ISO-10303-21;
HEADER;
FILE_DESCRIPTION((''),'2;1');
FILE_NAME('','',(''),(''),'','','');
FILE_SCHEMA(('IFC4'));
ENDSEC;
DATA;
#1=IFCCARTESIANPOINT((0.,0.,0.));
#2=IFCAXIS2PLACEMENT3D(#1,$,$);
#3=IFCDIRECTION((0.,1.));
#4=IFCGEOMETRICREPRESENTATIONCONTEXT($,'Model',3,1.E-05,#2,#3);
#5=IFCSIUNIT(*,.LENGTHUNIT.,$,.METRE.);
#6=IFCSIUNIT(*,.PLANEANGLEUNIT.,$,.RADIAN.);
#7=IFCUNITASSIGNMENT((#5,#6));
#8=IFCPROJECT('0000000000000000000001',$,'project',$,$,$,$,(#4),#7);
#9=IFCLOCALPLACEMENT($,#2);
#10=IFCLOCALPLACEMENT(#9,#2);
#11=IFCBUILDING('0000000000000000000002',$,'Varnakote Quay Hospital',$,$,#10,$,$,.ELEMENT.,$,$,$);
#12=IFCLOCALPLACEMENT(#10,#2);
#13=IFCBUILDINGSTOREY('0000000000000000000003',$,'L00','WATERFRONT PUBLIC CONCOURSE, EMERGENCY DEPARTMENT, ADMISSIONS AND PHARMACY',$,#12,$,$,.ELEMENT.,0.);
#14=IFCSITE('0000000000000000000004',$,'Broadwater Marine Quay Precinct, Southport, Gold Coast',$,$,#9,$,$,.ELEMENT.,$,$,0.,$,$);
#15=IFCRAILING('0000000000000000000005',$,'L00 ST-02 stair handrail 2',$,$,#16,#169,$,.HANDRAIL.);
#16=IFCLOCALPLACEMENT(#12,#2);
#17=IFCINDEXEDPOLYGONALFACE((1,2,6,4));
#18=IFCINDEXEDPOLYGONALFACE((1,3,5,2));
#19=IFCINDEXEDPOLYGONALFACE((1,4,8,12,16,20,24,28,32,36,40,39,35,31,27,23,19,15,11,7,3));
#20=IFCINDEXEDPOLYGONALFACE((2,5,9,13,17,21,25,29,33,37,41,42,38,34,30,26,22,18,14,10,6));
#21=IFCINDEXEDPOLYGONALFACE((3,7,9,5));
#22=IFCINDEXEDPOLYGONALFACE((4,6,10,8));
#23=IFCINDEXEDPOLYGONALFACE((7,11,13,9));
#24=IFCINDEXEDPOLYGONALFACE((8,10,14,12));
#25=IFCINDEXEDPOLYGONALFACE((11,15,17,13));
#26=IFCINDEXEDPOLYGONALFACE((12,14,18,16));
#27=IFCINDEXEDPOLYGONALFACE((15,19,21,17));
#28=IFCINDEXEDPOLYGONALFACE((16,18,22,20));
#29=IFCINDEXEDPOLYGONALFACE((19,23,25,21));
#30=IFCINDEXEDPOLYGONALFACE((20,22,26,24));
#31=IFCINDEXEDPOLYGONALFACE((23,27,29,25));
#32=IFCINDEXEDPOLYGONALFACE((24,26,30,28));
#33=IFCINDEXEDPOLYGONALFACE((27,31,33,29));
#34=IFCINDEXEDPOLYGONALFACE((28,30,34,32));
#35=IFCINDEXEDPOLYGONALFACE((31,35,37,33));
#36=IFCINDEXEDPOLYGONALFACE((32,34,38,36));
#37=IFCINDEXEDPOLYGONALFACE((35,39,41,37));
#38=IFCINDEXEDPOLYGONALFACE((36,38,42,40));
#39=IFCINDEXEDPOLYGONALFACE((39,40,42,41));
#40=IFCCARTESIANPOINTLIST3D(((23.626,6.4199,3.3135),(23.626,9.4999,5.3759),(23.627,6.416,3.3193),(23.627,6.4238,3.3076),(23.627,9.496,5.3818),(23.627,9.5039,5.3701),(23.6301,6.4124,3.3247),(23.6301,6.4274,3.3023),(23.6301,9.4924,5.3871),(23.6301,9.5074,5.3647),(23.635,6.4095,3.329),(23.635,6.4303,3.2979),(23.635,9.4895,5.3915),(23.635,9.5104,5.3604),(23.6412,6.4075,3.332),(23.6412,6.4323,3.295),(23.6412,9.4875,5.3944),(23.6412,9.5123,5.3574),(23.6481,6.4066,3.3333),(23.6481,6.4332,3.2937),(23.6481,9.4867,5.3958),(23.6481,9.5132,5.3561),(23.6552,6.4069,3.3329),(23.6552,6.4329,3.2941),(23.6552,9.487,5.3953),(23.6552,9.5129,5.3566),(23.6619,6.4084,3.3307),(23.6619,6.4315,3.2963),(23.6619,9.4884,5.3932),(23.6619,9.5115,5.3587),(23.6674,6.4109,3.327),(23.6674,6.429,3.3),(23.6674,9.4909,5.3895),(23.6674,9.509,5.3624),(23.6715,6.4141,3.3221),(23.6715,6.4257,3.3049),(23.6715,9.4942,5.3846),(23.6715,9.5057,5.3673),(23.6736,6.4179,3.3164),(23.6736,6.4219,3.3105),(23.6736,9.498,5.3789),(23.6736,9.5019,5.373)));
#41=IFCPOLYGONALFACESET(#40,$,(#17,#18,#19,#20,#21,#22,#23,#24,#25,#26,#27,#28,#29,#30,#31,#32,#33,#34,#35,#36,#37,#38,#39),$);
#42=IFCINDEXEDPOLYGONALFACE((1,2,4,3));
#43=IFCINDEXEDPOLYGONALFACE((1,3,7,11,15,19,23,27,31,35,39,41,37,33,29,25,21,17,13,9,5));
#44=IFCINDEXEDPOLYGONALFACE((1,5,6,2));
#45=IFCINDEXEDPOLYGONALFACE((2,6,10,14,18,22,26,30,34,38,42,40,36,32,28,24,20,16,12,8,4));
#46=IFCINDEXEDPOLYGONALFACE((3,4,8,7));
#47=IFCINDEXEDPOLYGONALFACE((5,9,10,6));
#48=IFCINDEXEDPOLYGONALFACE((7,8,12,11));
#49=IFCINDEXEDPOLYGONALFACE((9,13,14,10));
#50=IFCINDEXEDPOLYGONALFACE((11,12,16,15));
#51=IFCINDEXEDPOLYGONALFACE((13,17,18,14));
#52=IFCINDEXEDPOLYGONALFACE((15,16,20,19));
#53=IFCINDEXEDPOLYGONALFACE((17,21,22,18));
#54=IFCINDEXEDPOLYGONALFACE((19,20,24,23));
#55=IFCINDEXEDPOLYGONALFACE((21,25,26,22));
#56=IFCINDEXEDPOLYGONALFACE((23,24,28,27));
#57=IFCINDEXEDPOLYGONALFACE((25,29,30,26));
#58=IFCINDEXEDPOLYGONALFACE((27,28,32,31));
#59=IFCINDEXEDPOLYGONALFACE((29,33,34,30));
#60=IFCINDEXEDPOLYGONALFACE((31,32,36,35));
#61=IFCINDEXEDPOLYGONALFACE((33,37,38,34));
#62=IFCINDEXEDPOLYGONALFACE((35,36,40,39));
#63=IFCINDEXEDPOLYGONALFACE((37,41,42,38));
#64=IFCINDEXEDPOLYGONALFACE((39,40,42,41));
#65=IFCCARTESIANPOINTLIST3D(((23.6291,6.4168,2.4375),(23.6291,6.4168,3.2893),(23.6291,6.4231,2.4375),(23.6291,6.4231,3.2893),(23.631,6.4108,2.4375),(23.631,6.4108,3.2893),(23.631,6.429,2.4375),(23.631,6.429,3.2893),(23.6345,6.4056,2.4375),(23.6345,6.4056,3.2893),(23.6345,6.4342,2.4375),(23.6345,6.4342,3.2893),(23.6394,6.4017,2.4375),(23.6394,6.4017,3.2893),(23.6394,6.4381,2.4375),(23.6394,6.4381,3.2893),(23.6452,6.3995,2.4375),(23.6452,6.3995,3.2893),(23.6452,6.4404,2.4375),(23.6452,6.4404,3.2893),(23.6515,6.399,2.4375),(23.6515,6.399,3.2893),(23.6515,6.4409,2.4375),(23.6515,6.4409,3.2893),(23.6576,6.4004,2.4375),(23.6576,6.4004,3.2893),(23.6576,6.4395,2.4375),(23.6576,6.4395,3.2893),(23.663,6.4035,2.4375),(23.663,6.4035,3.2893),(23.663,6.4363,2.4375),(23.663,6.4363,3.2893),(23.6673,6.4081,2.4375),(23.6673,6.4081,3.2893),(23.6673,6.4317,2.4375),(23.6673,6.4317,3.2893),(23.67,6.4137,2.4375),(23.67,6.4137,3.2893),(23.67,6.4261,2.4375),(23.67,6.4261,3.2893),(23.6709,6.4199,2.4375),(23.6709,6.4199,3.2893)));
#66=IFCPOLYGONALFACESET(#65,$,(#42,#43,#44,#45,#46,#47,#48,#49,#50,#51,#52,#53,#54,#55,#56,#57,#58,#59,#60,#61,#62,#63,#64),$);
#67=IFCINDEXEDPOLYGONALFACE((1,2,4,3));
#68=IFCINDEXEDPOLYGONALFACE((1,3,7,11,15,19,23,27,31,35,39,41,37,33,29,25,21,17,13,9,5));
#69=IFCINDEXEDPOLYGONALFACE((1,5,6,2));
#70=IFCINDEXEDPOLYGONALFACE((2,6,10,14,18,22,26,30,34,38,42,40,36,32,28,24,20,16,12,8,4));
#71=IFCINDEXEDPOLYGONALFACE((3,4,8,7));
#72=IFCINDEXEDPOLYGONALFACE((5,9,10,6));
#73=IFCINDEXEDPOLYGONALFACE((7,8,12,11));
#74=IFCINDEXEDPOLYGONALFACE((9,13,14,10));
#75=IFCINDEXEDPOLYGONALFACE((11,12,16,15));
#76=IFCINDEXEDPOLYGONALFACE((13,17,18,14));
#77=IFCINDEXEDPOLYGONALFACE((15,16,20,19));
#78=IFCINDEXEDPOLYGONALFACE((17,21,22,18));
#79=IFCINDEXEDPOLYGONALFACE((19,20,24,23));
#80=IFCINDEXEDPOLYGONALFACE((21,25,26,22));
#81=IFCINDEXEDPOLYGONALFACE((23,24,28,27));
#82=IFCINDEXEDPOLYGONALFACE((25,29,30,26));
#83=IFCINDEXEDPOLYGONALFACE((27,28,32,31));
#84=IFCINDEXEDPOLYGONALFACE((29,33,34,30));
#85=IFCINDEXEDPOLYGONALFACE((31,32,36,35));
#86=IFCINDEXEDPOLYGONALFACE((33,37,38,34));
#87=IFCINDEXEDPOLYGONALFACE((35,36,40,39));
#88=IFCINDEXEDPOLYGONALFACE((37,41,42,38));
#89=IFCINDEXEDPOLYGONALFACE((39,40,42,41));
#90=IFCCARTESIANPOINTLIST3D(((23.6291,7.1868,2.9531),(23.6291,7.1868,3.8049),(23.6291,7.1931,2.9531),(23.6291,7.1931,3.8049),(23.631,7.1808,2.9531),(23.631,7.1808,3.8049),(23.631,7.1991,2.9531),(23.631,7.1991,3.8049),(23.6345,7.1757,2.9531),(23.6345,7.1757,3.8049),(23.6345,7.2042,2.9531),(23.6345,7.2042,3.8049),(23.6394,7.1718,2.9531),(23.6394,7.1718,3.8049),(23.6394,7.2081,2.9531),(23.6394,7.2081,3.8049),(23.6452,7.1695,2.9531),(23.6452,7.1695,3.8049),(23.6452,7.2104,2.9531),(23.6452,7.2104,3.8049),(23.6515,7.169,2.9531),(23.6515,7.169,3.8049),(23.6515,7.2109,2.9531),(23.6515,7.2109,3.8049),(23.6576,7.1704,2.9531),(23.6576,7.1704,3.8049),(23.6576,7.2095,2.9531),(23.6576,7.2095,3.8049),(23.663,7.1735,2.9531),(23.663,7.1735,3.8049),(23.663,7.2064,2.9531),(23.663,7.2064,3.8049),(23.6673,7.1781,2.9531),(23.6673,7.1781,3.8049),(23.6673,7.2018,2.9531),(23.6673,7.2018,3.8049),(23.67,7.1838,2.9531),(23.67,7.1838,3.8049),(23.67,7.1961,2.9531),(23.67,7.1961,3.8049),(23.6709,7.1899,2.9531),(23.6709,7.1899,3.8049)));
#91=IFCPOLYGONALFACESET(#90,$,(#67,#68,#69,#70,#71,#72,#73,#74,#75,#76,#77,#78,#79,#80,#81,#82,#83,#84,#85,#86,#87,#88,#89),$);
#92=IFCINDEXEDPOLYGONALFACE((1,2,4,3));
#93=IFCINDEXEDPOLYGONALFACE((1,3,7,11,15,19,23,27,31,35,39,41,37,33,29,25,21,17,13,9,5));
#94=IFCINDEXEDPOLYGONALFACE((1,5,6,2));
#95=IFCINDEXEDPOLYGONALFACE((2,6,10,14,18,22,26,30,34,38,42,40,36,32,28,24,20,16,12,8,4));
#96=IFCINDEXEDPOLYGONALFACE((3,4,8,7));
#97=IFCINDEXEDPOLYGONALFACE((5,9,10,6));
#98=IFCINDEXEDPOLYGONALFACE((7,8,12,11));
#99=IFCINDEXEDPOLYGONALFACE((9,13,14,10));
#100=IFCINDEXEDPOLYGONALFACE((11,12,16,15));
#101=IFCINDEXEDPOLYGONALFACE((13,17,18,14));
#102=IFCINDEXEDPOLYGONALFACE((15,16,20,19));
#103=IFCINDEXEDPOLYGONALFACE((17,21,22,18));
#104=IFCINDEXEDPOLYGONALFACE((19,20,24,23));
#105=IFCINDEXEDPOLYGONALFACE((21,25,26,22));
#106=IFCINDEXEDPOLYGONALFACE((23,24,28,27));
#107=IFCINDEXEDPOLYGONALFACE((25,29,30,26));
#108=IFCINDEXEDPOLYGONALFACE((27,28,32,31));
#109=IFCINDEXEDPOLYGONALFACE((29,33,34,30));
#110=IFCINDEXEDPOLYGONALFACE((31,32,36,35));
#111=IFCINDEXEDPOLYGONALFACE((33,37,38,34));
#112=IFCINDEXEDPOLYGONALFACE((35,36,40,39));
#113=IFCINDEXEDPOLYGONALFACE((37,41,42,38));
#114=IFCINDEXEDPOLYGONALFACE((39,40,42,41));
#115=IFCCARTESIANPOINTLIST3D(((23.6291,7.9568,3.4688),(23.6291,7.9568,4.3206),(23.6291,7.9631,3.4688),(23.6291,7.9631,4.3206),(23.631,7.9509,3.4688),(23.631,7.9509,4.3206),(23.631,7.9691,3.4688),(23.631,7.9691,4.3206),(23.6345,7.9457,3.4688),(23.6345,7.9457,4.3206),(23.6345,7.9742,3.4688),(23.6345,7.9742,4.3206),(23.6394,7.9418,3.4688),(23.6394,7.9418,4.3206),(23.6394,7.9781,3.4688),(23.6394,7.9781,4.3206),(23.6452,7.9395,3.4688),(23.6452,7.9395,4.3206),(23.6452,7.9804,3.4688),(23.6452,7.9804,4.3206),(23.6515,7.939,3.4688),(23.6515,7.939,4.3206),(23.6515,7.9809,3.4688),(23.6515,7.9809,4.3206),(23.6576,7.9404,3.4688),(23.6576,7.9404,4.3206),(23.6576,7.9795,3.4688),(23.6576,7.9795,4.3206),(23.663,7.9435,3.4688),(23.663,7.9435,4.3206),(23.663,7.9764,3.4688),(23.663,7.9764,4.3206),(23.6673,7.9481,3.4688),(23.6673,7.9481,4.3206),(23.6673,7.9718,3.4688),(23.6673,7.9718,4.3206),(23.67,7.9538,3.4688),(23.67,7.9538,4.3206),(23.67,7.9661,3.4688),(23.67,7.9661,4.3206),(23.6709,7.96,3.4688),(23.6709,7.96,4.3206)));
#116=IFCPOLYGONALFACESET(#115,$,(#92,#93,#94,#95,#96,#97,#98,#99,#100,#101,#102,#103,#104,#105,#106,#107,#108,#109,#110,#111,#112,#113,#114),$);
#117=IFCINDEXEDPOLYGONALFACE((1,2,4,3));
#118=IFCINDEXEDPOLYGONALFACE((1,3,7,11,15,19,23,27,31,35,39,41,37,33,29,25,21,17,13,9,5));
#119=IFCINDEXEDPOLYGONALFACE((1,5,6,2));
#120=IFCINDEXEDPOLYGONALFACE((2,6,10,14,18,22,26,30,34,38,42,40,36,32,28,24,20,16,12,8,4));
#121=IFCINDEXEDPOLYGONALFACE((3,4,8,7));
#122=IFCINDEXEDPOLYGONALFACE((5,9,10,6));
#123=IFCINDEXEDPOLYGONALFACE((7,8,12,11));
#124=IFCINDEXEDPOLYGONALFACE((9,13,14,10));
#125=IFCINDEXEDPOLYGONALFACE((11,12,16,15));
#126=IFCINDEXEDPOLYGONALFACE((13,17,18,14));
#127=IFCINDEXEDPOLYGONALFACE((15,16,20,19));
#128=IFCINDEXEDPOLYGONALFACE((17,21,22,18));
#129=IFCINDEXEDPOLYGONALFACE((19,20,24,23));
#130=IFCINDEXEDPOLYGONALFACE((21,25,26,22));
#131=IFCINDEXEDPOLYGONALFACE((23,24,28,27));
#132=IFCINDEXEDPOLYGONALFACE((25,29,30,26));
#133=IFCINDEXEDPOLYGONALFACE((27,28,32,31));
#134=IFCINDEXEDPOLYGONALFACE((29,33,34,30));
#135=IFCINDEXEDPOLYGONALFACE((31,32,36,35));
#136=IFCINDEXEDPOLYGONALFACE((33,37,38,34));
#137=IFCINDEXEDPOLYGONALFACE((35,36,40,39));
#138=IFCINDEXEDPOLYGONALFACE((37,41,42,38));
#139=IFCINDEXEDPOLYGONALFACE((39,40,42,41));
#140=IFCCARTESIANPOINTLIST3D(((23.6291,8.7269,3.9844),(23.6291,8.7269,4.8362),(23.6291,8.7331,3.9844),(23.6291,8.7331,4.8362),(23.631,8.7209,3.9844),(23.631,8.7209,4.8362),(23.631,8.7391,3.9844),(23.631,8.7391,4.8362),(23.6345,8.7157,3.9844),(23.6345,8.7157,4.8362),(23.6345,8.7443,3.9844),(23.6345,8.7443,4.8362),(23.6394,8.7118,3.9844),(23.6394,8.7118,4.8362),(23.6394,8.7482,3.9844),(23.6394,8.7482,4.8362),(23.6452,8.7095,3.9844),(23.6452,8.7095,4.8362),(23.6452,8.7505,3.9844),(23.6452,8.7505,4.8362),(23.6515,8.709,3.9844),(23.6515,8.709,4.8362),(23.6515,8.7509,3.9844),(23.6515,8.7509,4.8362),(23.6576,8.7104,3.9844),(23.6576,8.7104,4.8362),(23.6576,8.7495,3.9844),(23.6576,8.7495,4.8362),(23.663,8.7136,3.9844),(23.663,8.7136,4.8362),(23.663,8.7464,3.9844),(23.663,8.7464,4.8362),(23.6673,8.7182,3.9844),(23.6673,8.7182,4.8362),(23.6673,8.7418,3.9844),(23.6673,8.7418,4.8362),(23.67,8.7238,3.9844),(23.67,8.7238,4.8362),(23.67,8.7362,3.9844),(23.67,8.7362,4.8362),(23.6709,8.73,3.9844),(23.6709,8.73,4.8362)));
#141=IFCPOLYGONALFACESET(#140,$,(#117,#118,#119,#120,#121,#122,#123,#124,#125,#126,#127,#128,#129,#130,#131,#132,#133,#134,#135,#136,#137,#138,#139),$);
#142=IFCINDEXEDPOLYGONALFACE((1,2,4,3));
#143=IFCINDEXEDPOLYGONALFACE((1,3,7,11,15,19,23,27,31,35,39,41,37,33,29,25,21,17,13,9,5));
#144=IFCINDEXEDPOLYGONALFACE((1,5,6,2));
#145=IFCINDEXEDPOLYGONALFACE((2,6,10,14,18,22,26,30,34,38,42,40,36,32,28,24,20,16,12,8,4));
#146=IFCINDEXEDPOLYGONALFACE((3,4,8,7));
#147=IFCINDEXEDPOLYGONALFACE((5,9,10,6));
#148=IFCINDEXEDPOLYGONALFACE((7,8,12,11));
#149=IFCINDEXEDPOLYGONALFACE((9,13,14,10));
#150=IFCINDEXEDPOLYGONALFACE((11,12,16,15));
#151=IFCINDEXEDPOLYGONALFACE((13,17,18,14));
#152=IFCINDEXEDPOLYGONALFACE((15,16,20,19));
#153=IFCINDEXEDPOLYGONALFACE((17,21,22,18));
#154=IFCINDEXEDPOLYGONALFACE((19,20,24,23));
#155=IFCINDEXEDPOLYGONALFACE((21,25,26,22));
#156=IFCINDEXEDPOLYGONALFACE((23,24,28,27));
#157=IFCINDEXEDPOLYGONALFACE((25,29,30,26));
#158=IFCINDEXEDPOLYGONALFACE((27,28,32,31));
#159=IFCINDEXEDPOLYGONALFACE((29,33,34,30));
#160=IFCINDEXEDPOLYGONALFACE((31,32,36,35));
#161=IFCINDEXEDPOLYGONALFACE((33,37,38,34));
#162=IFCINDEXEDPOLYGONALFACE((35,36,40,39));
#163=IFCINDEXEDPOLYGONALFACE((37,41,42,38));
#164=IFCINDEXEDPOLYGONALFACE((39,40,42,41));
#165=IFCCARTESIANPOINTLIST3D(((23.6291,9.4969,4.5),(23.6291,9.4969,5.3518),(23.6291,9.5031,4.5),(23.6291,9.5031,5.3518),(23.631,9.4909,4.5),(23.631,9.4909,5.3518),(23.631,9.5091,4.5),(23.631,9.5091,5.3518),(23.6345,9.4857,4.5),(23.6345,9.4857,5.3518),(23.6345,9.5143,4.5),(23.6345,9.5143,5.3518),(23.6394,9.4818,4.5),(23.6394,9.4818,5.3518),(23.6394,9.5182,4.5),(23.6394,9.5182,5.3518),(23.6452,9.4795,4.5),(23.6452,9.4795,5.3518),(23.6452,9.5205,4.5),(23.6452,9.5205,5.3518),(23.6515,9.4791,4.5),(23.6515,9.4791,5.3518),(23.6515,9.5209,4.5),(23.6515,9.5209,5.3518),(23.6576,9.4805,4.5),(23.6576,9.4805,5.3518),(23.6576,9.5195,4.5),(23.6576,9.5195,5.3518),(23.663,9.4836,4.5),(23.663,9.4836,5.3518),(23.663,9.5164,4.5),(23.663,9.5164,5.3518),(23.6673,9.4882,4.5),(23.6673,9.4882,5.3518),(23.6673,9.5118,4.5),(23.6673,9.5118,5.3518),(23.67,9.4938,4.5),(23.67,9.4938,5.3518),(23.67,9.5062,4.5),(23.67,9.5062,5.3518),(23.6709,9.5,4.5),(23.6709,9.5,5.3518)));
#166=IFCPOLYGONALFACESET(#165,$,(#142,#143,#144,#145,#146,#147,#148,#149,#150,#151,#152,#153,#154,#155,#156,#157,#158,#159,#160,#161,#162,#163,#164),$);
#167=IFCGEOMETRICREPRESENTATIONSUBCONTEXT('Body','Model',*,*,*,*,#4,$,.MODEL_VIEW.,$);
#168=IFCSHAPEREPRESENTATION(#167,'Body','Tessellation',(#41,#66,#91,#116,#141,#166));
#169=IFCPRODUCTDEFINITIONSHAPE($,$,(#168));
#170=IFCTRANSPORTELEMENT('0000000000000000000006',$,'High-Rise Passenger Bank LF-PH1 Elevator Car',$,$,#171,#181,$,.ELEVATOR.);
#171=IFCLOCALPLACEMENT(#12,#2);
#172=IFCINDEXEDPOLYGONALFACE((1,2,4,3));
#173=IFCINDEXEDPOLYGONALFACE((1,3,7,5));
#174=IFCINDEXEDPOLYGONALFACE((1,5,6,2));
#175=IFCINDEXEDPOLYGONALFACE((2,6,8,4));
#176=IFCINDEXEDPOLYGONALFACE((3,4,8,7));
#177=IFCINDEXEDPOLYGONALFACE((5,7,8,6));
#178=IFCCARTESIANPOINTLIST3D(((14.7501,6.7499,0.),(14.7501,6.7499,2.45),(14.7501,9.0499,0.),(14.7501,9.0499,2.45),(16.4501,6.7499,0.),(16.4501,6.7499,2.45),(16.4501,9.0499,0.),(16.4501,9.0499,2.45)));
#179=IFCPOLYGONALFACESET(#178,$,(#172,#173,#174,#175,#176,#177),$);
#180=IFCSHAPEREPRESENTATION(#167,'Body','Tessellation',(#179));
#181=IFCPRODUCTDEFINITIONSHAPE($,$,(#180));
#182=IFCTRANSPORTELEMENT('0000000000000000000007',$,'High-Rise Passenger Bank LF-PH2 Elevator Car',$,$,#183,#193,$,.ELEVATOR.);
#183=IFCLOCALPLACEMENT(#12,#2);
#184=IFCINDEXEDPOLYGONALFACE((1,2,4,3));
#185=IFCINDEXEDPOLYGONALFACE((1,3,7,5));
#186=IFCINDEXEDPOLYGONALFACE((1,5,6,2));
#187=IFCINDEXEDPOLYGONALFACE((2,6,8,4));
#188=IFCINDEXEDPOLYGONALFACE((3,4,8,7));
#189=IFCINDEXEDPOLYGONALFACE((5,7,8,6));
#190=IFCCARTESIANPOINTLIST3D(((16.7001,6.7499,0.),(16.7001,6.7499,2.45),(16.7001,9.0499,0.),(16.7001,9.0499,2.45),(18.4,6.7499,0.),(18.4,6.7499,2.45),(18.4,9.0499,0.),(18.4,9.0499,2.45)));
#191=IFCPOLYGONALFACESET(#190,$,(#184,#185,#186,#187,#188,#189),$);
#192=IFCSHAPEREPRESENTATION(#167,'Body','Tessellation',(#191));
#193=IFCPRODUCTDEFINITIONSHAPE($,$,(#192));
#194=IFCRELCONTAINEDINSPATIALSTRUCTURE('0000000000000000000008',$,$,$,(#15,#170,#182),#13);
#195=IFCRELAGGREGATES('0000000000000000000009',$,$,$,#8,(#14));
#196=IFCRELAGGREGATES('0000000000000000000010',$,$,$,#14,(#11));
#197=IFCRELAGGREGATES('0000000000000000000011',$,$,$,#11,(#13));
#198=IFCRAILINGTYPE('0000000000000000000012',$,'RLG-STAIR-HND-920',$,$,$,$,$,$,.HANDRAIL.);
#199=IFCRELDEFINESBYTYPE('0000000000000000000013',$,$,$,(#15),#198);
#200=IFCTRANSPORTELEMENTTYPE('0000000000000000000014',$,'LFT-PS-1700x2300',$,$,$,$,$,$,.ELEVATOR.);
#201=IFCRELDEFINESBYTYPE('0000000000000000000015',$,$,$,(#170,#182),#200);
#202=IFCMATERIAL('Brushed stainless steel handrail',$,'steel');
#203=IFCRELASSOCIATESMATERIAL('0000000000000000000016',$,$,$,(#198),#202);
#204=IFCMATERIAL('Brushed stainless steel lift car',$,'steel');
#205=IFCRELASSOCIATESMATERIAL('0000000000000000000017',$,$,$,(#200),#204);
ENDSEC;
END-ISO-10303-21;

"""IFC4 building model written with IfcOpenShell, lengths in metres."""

from ifc_helpers import new_model, si_unit, direction, frame, origin, origin_2d, place, context, subcontext, project, spatial, rectangle, circle, extrude, material, type_object, element, save


model = new_model("IFC4")

# Units and contexts
model_context = context("Model", 3, precision=1e-05, world=origin(), true_north=direction((0.0, 1.0)))
body_context = subcontext(model_context, "Body", "Model", "MODEL_VIEW")
ifc_project = project(units=[si_unit("LENGTHUNIT", "METRE"), si_unit("PLANEANGLEUNIT", "RADIAN")], contexts=[model_context])

# Site, building, storey
site_placement = place(None, origin())
site = spatial("IfcSite", under=ifc_project, at=site_placement, Name="Broadwater Marine Quay Precinct, Southport, Gold Coast", CompositionType="ELEMENT", RefElevation=0.0)
building_placement = place(site_placement, origin())
building = spatial("IfcBuilding", under=site, at=building_placement, Name="Varnakote Quay Hospital", CompositionType="ELEMENT")
storey_placement = place(building_placement, origin())
storey = spatial("IfcBuildingStorey", under=building, at=storey_placement, Name="L00", Description="WATERFRONT PUBLIC CONCOURSE, EMERGENCY DEPARTMENT, ADMISSIONS AND PHARMACY", CompositionType="ELEMENT", Elevation=0.0)

# Railing
ifc_material_1 = material(Name="Brushed stainless steel handrail", Category="steel")
railing_type_1 = type_object("IfcRailingType", Name="RLG-STAIR-HND-920", PredefinedType="HANDRAIL", material=ifc_material_1)
railing_1_placement = place(storey_placement, frame((23.6499, 6.4199, 2.4375)))
element("IfcRailing", 1, at=railing_1_placement, inside=storey, type_object=railing_type_1, Name="L00 ST-02 stair handrail 2", PredefinedType="HANDRAIL", context=body_context, shape_type="SweptSolid", body=[
    extrude(circle(Radius=0.0239, at=origin_2d()), frame((0.0, 0.0, 0.876), z_axis=(0.0, 0.830914, 0.556401), x_axis=(-1.0, 0.0, 0.0)), (0.0, 0.0, 1.0), 3.7068),
    extrude(circle(Radius=0.021, at=origin_2d()), origin(), (0.0, 0.0, 1.0), 0.8518),
    extrude(circle(Radius=0.021, at=origin_2d()), frame((0.0, 0.77, 0.5156)), (0.0, 0.0, 1.0), 0.8518),
    extrude(circle(Radius=0.021, at=origin_2d()), frame((0.0, 1.54, 1.0312)), (0.0, 0.0, 1.0), 0.8518),
    extrude(circle(Radius=0.021, at=origin_2d()), frame((0.0, 2.3101, 1.5469)), (0.0, 0.0, 1.0), 0.8518),
    extrude(circle(Radius=0.021, at=origin_2d()), frame((0.0, 3.0801, 2.0625)), (0.0, 0.0, 1.0), 0.8518),
])

# Transport elements
ifc_material_2 = material(Name="Brushed stainless steel lift car", Category="steel")
transport_element_type = type_object("IfcTransportElementType", Name="LFT-PS-1700x2300", PredefinedType="ELEVATOR", material=ifc_material_2)
for number, where, z_axis, x_axis, name in (
    (2, (15.6001, 7.8999, 0.0), (0.0, 0.0, 1.0), (1.0, 0.0, 0.0), "High-Rise Passenger Bank LF-PH1 Elevator Car"),
    (3, (17.55, 7.8999, 0.0), (0.0, 0.0, 1.0), (1.0, 0.0, 0.0), "High-Rise Passenger Bank LF-PH2 Elevator Car"),
):
    element("IfcTransportElement", number, at=place(storey_placement, frame(where, z_axis=z_axis, x_axis=x_axis)), inside=storey, type_object=transport_element_type, Name=name, PredefinedType="ELEVATOR", context=body_context, shape_type="SweptSolid", body=[
        extrude(rectangle(XDim=1.7, YDim=2.3, at=origin_2d()), origin(), (0.0, 0.0, 1.0), 2.45),
    ])

save(model, "model.ifc")
